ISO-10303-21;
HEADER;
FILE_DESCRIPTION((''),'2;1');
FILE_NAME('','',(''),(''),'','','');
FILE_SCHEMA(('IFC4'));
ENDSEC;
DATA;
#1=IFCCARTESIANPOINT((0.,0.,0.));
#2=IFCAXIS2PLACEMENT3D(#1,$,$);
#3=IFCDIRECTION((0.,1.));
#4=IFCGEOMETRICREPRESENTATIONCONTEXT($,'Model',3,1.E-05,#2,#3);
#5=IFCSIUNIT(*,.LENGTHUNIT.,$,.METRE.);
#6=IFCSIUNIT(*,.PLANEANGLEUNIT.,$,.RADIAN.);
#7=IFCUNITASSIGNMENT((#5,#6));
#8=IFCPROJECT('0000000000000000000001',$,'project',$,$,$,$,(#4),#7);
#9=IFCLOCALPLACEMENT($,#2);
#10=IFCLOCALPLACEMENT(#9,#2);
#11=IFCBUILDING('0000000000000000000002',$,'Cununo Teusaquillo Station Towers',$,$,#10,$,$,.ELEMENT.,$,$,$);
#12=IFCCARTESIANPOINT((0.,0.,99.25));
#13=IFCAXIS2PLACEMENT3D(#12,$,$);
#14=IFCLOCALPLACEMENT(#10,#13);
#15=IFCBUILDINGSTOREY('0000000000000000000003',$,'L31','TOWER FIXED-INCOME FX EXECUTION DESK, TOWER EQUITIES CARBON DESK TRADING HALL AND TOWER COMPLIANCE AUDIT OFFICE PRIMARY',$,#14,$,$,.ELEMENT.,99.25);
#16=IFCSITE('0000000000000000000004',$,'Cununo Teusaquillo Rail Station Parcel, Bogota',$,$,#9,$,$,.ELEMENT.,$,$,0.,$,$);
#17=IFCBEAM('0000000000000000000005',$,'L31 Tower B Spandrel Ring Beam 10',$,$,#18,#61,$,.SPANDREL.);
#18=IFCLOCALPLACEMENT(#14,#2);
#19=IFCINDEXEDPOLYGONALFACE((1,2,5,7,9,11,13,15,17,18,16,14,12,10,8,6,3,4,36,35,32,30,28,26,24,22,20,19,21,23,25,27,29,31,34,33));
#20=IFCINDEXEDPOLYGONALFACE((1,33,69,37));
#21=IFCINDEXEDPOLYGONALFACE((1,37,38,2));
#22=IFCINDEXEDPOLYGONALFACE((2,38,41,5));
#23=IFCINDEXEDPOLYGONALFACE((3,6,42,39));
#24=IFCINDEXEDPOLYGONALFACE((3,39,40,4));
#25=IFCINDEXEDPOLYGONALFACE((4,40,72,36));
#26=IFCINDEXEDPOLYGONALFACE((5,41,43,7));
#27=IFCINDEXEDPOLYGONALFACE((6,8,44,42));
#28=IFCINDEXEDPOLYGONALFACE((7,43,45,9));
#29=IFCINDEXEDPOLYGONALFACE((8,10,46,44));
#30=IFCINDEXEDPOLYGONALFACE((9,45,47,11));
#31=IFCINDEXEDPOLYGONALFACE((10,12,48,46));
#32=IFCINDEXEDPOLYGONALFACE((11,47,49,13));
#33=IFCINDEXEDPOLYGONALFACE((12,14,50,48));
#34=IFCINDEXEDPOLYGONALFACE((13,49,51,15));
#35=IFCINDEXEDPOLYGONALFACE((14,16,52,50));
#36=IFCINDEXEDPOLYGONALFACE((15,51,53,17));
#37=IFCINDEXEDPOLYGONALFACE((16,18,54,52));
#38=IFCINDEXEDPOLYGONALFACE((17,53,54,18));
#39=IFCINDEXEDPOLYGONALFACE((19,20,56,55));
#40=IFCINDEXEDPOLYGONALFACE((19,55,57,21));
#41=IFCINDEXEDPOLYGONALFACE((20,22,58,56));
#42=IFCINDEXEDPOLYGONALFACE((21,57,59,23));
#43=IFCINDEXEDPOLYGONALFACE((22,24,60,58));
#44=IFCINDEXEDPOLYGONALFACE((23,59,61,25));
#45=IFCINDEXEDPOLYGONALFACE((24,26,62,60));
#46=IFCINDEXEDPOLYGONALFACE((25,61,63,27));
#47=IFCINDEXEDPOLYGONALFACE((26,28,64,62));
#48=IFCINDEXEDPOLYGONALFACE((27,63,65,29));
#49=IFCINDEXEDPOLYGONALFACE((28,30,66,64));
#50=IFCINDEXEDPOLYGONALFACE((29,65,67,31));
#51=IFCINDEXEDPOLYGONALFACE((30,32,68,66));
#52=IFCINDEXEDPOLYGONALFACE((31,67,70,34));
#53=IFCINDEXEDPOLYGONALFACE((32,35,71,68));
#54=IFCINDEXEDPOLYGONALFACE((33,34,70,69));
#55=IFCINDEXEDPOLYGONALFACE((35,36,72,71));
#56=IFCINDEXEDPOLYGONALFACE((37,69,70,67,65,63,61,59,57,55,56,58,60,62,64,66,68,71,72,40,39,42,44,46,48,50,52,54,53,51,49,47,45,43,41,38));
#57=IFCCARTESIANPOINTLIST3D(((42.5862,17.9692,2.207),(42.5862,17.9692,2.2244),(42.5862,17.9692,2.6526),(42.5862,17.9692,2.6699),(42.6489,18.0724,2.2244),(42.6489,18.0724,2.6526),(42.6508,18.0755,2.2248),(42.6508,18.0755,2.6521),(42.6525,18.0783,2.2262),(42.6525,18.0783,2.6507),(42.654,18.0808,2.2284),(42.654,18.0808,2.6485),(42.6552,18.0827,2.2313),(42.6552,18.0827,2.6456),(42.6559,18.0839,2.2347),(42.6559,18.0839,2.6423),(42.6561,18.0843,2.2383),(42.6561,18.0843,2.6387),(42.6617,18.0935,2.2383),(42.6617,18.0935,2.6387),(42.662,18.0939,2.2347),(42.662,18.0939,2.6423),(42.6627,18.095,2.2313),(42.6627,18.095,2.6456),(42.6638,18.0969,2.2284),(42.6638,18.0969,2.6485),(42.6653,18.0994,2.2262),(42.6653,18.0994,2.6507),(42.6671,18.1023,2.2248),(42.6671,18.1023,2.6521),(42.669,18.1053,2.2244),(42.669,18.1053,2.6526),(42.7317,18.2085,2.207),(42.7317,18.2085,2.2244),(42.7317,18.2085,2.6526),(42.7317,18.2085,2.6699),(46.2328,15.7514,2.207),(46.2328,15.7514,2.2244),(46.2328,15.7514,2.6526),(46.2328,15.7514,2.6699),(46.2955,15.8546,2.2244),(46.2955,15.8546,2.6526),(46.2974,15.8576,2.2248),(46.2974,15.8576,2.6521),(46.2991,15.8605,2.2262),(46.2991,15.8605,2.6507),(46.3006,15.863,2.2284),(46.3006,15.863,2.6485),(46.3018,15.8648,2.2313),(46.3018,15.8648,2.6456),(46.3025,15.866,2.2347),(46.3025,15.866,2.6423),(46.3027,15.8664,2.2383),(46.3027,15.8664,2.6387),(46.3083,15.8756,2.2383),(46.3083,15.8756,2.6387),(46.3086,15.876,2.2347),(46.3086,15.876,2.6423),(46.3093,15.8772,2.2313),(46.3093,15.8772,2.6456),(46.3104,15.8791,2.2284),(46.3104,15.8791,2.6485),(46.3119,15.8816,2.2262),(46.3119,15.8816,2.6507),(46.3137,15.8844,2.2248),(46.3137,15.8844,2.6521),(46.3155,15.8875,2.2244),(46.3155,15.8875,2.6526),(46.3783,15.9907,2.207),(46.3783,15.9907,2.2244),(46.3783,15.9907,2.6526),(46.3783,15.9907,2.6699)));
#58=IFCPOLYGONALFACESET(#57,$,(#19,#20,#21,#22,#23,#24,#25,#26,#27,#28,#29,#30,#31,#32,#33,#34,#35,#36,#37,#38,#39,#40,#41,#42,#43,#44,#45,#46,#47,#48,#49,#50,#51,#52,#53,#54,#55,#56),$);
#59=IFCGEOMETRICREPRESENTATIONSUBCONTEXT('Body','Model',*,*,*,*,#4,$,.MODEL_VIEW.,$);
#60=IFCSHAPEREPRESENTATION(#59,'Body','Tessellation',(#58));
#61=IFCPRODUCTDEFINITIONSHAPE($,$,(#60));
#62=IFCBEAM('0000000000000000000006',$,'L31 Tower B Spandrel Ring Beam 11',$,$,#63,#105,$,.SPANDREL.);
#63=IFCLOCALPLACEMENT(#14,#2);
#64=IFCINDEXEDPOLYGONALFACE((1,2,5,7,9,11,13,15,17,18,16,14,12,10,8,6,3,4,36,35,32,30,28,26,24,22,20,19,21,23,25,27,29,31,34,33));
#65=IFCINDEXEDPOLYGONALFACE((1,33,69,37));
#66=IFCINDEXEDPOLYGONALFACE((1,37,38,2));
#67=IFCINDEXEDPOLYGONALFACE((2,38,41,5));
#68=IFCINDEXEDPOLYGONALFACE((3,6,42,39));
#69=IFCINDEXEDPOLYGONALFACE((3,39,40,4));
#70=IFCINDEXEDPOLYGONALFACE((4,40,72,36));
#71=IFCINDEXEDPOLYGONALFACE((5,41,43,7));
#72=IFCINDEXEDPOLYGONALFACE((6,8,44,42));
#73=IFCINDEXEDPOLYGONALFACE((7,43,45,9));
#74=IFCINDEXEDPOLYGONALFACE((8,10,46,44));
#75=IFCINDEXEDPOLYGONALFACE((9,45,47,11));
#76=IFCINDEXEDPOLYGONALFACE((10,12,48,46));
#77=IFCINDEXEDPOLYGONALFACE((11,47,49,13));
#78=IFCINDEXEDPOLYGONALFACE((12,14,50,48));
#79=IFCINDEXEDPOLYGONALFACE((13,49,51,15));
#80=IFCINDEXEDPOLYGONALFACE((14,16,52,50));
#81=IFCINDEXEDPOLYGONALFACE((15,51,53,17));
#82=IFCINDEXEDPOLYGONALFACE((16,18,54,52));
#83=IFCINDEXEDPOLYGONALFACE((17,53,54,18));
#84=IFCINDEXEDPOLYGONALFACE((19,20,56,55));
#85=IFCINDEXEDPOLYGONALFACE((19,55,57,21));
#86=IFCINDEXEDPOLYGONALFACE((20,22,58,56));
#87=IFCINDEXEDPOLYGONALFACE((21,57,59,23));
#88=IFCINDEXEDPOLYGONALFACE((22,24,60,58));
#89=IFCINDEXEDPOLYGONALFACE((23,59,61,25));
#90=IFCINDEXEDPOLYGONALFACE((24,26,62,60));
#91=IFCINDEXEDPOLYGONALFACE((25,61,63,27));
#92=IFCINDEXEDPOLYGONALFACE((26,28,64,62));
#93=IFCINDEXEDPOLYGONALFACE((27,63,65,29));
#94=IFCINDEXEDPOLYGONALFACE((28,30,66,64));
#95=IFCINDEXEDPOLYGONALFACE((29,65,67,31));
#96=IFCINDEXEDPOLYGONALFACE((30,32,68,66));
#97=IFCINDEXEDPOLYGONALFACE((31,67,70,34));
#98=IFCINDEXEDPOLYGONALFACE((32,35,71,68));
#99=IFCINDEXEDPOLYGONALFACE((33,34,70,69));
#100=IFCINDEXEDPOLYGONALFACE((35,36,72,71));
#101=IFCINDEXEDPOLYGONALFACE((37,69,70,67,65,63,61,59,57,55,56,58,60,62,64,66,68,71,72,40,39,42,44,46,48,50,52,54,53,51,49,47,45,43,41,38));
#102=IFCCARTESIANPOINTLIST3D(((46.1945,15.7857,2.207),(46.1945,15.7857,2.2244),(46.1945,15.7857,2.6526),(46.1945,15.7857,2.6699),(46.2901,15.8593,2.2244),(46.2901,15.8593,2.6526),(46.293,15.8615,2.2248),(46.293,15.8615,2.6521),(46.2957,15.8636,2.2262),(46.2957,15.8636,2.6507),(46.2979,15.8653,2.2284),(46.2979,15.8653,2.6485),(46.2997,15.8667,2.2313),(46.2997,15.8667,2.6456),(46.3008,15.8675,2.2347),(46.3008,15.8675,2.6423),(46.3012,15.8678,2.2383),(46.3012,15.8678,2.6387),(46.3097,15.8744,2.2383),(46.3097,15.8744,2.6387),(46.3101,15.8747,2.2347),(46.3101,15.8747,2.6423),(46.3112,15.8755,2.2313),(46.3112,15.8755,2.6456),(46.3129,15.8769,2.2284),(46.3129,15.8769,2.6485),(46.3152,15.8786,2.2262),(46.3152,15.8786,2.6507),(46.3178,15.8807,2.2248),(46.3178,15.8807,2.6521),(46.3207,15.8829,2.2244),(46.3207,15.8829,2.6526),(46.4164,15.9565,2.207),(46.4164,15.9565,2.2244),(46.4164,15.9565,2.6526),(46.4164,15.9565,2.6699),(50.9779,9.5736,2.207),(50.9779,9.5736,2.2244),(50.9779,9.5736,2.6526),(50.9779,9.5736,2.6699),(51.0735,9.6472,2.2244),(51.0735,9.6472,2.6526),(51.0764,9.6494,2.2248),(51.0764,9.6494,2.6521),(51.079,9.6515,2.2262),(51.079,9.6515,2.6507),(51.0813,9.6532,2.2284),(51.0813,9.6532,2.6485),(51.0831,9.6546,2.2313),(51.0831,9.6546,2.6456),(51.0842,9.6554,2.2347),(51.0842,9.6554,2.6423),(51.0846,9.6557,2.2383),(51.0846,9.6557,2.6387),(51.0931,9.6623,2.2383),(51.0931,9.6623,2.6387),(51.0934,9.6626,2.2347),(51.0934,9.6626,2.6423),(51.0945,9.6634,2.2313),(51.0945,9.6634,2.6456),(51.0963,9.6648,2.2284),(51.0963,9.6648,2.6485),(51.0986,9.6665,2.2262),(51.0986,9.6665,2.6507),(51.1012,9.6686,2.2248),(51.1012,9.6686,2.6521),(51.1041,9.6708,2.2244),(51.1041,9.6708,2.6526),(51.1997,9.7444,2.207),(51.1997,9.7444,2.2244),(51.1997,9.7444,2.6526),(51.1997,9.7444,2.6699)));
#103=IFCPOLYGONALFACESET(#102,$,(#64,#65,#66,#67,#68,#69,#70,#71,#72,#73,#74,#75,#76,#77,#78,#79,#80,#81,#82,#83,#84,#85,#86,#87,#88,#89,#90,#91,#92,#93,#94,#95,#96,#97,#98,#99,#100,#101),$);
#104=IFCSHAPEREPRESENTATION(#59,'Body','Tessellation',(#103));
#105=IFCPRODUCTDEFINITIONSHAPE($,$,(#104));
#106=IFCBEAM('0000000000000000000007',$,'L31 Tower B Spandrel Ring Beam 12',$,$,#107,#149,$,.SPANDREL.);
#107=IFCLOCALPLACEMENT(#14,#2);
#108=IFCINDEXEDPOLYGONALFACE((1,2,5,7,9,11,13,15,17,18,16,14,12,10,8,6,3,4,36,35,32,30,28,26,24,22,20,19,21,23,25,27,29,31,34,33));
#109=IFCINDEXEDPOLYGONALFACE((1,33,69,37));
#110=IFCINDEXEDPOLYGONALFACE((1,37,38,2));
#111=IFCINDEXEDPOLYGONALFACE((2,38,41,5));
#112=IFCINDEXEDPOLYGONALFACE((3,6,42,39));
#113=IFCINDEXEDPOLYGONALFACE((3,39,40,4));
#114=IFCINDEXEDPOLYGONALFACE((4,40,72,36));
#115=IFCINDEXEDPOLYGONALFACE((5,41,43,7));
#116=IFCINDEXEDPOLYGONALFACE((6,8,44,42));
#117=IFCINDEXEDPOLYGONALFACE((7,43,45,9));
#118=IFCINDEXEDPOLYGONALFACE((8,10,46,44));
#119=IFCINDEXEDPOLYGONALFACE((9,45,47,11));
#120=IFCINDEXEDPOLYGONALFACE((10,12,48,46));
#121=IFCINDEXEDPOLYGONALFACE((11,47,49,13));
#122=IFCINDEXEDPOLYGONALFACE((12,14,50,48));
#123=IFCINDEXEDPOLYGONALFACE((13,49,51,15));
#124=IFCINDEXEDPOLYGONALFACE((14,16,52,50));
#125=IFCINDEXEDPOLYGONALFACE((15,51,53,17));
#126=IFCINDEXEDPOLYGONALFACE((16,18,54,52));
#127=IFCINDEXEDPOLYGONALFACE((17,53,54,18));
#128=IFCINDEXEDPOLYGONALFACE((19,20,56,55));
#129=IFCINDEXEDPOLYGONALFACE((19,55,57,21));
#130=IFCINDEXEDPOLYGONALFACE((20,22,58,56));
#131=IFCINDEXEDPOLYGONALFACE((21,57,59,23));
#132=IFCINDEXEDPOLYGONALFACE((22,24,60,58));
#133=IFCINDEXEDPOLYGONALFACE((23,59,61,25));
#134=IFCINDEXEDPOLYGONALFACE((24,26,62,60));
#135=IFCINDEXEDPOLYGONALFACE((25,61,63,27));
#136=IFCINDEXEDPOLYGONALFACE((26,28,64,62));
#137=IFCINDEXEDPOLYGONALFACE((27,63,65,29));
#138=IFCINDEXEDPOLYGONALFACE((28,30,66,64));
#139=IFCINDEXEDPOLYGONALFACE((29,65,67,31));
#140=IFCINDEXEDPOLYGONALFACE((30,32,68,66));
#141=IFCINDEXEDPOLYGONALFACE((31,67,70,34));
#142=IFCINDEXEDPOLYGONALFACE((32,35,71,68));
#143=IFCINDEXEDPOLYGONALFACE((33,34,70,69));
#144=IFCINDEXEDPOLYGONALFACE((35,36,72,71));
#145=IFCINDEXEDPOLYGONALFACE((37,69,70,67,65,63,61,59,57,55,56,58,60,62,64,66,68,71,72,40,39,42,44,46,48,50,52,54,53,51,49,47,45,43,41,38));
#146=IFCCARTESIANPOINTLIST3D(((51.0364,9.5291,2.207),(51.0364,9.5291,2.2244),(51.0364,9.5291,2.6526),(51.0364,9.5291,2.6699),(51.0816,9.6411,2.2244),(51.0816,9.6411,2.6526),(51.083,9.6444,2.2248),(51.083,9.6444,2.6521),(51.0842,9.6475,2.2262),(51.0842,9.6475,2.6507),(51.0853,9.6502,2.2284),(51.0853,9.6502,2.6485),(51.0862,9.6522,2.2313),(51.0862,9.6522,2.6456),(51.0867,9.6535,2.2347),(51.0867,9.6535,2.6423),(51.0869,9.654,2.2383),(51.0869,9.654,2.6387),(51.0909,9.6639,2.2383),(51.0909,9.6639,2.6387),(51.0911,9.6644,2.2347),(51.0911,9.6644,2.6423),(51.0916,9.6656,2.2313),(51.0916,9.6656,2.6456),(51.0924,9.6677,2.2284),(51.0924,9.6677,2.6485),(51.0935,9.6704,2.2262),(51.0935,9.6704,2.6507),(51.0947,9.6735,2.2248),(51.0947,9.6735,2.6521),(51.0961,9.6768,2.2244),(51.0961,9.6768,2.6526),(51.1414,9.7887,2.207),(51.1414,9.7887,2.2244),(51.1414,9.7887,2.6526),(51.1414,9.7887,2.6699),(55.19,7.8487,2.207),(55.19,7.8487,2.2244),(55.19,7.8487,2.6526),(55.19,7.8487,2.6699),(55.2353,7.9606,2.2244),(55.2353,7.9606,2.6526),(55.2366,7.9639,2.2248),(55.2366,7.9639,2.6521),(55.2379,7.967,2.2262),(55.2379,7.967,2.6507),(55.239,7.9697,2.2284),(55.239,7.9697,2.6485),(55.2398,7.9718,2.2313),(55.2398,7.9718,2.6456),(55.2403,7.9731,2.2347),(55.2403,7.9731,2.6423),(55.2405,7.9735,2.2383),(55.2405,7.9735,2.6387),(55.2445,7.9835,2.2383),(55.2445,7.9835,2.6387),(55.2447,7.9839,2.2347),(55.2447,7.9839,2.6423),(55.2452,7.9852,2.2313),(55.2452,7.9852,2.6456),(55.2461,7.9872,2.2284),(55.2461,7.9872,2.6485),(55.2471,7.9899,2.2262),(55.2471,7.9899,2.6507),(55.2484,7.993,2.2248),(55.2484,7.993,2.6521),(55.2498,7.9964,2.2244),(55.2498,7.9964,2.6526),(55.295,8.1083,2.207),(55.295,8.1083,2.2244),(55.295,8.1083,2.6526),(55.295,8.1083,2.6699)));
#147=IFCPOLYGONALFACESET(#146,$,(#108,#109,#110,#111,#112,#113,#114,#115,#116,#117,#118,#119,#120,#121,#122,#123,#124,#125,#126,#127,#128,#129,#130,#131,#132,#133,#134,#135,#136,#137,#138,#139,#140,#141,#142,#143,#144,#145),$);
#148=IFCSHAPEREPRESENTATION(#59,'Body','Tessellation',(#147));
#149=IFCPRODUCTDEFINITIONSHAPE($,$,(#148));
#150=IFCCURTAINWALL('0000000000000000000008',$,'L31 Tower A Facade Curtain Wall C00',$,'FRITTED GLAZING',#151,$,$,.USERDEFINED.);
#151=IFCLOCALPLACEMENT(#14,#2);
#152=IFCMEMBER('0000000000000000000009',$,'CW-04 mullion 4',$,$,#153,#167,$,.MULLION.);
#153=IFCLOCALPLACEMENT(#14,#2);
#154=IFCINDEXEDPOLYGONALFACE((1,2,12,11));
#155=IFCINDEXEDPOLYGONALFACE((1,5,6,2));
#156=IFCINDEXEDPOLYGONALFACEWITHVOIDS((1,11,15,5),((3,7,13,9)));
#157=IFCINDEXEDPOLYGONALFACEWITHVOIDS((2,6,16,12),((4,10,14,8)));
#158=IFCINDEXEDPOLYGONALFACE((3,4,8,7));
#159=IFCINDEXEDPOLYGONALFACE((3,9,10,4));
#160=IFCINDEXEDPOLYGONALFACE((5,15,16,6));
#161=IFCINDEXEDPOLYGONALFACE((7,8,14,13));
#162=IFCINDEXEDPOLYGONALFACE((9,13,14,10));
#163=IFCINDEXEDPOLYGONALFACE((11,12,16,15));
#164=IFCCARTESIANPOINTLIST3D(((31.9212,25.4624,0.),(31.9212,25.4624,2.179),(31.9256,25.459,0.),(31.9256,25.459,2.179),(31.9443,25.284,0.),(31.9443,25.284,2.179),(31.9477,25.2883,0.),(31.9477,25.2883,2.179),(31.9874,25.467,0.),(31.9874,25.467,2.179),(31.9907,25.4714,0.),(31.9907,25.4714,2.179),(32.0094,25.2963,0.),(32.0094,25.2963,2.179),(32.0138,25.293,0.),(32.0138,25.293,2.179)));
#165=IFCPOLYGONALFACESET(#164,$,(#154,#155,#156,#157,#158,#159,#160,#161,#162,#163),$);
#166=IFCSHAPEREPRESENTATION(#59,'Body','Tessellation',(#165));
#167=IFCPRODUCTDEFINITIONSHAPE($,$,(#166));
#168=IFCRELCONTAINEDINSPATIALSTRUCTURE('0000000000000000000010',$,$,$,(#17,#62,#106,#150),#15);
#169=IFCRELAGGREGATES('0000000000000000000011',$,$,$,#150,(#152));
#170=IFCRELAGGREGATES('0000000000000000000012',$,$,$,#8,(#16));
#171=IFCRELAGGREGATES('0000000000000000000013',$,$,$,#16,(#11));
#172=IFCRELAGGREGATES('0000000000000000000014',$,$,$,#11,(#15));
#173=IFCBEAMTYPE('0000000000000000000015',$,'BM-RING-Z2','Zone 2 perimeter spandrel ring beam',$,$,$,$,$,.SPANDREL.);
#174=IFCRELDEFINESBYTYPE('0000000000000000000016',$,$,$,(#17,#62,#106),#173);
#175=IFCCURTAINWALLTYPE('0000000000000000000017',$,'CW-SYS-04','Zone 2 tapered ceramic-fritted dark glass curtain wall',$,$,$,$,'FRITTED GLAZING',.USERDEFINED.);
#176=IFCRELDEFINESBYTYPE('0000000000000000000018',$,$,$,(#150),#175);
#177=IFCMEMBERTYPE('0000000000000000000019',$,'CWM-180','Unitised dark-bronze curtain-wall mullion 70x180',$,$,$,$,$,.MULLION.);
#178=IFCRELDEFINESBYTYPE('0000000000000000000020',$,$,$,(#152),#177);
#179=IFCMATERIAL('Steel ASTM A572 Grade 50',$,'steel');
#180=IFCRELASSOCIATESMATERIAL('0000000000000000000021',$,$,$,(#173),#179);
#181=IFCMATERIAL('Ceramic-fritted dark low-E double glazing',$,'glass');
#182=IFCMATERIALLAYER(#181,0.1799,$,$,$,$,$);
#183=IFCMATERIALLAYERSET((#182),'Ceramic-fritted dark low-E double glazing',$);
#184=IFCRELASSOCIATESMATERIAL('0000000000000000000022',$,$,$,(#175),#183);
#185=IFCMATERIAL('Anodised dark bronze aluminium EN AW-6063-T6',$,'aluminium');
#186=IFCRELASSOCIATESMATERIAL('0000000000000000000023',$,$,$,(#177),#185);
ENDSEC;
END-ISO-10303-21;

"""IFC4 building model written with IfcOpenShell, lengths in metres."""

from ifc_helpers import new_model, si_unit, direction, frame, origin, origin_2d, place, context, subcontext, project, spatial, hollow_rectangle, i_section, extrude, material, layer, layer_set, material_profile, profile_set, type_object, element, aggregate, save


model = new_model("IFC4")

# Units and contexts
model_context = context("Model", 3, precision=1e-05, world=origin(), true_north=direction((0.0, 1.0)))
body_context = subcontext(model_context, "Body", "Model", "MODEL_VIEW")
ifc_project = project(units=[si_unit("LENGTHUNIT", "METRE"), si_unit("PLANEANGLEUNIT", "RADIAN")], contexts=[model_context])

# Site, building, storey
site_placement = place(None, origin())
site = spatial("IfcSite", under=ifc_project, at=site_placement, Name="Cununo Teusaquillo Rail Station Parcel, Bogota", CompositionType="ELEMENT", RefElevation=0.0)
building_placement = place(site_placement, origin())
building = spatial("IfcBuilding", under=site, at=building_placement, Name="Cununo Teusaquillo Station Towers", CompositionType="ELEMENT")
storey_placement = place(building_placement, frame((0.0, 0.0, 99.25)))
storey = spatial("IfcBuildingStorey", under=building, at=storey_placement, Name="L31", Description="TOWER FIXED-INCOME FX EXECUTION DESK, TOWER EQUITIES CARBON DESK TRADING HALL AND TOWER COMPLIANCE AUDIT OFFICE PRIMARY", CompositionType="ELEMENT", Elevation=99.25)

# Beams
ifc_material_1 = material(Name="Steel ASTM A572 Grade 50", Category="steel")
ifc_material_profile_1 = material_profile(ifc_material_1, i_section(OverallWidth=0.28, OverallDepth=0.4629, WebThickness=0.0107, FlangeThickness=0.0173, FilletRadius=0.0139, at=origin_2d()), Name="W18X76")
ifc_profile_set_1 = profile_set([ifc_material_profile_1], Name="Steel ASTM A572 Grade 50")
beam_type_1 = type_object("IfcBeamType", Name="BM-RING-Z2", Description="Zone 2 perimeter spandrel ring beam", PredefinedType="SPANDREL", material=ifc_profile_set_1)
beam_1_placement = place(storey_placement, frame((42.6589, 18.0889, 2.4385), z_axis=(0.854388, -0.519635, 0.0), x_axis=(0.519635, 0.854388, 0.0)))
element("IfcBeam", 1, at=beam_1_placement, inside=storey, type_object=beam_type_1, Name="L31 Tower B Spandrel Ring Beam 10", PredefinedType="SPANDREL", context=body_context, shape_type="SweptSolid", body=[
    extrude(i_section(OverallWidth=0.28, OverallDepth=0.4629, WebThickness=0.0107, FlangeThickness=0.0173, FilletRadius=0.0139, at=origin_2d()), origin(), (0.0, 0.0, 1.0), 4.2681),
])
beam_2_placement = place(storey_placement, frame((46.3054, 15.8711, 2.4385), z_axis=(0.6101, -0.792324, 0.0), x_axis=(0.792324, 0.6101, 0.0)))
element("IfcBeam", 2, at=beam_2_placement, inside=storey, type_object=beam_type_1, Name="L31 Tower B Spandrel Ring Beam 11", PredefinedType="SPANDREL", context=body_context, shape_type="SweptSolid", body=[
    extrude(i_section(OverallWidth=0.28, OverallDepth=0.4629, WebThickness=0.0107, FlangeThickness=0.0173, FilletRadius=0.0139, at=origin_2d()), origin(), (0.0, 0.0, 1.0), 7.8403),
])
beam_3_placement = place(storey_placement, frame((51.0889, 9.6589, 2.4385), z_axis=(0.927008, -0.375042, 0.0), x_axis=(0.375042, 0.927008, 0.0)))
element("IfcBeam", 3, at=beam_3_placement, inside=storey, type_object=beam_type_1, Name="L31 Tower B Spandrel Ring Beam 12", PredefinedType="SPANDREL", context=body_context, shape_type="SweptSolid", body=[
    extrude(i_section(OverallWidth=0.28, OverallDepth=0.4629, WebThickness=0.0107, FlangeThickness=0.0173, FilletRadius=0.0139, at=origin_2d()), origin(), (0.0, 0.0, 1.0), 4.4807),
])

# Curtain wall, member
ifc_material_2 = material(Name="Ceramic-fritted dark low-E double glazing", Category="glass")
ifc_layer_1 = layer(ifc_material_2, 0.1799)
ifc_layer_set_1 = layer_set([ifc_layer_1], Name="Ceramic-fritted dark low-E double glazing")
curtain_wall_type = type_object("IfcCurtainWallType", Name="CW-SYS-04", Description="Zone 2 tapered ceramic-fritted dark glass curtain wall", ElementType="FRITTED GLAZING", PredefinedType="USERDEFINED", material=ifc_layer_set_1)
curtain_wall_placement = place(storey_placement, origin())
curtain_wall = element("IfcCurtainWall", 4, at=curtain_wall_placement, inside=storey, type_object=curtain_wall_type, Name="L31 Tower A Facade Curtain Wall C00", ObjectType="FRITTED GLAZING", PredefinedType="USERDEFINED")
ifc_material_3 = material(Name="Anodised dark bronze aluminium EN AW-6063-T6", Category="aluminium")
ifc_material_profile_2 = material_profile(ifc_material_3, hollow_rectangle(XDim=0.0701, YDim=0.1799, WallThickness=0.0039, at=origin_2d()), Name="CW-MULL-70x180")
ifc_profile_set_2 = profile_set([ifc_material_profile_2], Name="Anodised dark bronze aluminium EN AW-6063-T6")
member_type_1 = type_object("IfcMemberType", Name="CWM-180", Description="Unitised dark-bronze curtain-wall mullion 70x180", PredefinedType="MULLION", material=ifc_profile_set_2)
member_1_placement = place(storey_placement, frame((31.9675, 25.3777, 0.0), z_axis=(0.0, 0.0, 1.0), x_axis=(0.991731, 0.128336, 0.0)))
member_1 = element("IfcMember", 5, at=member_1_placement, type_object=member_type_1, Name="CW-04 mullion 4", PredefinedType="MULLION", context=body_context, shape_type="SweptSolid", body=[
    extrude(hollow_rectangle(XDim=0.0701, YDim=0.1799, WallThickness=0.0039, at=origin_2d()), origin(), (0.0, 0.0, 1.0), 2.179),
])
aggregate(curtain_wall, [member_1])

save(model, "model.ifc")
